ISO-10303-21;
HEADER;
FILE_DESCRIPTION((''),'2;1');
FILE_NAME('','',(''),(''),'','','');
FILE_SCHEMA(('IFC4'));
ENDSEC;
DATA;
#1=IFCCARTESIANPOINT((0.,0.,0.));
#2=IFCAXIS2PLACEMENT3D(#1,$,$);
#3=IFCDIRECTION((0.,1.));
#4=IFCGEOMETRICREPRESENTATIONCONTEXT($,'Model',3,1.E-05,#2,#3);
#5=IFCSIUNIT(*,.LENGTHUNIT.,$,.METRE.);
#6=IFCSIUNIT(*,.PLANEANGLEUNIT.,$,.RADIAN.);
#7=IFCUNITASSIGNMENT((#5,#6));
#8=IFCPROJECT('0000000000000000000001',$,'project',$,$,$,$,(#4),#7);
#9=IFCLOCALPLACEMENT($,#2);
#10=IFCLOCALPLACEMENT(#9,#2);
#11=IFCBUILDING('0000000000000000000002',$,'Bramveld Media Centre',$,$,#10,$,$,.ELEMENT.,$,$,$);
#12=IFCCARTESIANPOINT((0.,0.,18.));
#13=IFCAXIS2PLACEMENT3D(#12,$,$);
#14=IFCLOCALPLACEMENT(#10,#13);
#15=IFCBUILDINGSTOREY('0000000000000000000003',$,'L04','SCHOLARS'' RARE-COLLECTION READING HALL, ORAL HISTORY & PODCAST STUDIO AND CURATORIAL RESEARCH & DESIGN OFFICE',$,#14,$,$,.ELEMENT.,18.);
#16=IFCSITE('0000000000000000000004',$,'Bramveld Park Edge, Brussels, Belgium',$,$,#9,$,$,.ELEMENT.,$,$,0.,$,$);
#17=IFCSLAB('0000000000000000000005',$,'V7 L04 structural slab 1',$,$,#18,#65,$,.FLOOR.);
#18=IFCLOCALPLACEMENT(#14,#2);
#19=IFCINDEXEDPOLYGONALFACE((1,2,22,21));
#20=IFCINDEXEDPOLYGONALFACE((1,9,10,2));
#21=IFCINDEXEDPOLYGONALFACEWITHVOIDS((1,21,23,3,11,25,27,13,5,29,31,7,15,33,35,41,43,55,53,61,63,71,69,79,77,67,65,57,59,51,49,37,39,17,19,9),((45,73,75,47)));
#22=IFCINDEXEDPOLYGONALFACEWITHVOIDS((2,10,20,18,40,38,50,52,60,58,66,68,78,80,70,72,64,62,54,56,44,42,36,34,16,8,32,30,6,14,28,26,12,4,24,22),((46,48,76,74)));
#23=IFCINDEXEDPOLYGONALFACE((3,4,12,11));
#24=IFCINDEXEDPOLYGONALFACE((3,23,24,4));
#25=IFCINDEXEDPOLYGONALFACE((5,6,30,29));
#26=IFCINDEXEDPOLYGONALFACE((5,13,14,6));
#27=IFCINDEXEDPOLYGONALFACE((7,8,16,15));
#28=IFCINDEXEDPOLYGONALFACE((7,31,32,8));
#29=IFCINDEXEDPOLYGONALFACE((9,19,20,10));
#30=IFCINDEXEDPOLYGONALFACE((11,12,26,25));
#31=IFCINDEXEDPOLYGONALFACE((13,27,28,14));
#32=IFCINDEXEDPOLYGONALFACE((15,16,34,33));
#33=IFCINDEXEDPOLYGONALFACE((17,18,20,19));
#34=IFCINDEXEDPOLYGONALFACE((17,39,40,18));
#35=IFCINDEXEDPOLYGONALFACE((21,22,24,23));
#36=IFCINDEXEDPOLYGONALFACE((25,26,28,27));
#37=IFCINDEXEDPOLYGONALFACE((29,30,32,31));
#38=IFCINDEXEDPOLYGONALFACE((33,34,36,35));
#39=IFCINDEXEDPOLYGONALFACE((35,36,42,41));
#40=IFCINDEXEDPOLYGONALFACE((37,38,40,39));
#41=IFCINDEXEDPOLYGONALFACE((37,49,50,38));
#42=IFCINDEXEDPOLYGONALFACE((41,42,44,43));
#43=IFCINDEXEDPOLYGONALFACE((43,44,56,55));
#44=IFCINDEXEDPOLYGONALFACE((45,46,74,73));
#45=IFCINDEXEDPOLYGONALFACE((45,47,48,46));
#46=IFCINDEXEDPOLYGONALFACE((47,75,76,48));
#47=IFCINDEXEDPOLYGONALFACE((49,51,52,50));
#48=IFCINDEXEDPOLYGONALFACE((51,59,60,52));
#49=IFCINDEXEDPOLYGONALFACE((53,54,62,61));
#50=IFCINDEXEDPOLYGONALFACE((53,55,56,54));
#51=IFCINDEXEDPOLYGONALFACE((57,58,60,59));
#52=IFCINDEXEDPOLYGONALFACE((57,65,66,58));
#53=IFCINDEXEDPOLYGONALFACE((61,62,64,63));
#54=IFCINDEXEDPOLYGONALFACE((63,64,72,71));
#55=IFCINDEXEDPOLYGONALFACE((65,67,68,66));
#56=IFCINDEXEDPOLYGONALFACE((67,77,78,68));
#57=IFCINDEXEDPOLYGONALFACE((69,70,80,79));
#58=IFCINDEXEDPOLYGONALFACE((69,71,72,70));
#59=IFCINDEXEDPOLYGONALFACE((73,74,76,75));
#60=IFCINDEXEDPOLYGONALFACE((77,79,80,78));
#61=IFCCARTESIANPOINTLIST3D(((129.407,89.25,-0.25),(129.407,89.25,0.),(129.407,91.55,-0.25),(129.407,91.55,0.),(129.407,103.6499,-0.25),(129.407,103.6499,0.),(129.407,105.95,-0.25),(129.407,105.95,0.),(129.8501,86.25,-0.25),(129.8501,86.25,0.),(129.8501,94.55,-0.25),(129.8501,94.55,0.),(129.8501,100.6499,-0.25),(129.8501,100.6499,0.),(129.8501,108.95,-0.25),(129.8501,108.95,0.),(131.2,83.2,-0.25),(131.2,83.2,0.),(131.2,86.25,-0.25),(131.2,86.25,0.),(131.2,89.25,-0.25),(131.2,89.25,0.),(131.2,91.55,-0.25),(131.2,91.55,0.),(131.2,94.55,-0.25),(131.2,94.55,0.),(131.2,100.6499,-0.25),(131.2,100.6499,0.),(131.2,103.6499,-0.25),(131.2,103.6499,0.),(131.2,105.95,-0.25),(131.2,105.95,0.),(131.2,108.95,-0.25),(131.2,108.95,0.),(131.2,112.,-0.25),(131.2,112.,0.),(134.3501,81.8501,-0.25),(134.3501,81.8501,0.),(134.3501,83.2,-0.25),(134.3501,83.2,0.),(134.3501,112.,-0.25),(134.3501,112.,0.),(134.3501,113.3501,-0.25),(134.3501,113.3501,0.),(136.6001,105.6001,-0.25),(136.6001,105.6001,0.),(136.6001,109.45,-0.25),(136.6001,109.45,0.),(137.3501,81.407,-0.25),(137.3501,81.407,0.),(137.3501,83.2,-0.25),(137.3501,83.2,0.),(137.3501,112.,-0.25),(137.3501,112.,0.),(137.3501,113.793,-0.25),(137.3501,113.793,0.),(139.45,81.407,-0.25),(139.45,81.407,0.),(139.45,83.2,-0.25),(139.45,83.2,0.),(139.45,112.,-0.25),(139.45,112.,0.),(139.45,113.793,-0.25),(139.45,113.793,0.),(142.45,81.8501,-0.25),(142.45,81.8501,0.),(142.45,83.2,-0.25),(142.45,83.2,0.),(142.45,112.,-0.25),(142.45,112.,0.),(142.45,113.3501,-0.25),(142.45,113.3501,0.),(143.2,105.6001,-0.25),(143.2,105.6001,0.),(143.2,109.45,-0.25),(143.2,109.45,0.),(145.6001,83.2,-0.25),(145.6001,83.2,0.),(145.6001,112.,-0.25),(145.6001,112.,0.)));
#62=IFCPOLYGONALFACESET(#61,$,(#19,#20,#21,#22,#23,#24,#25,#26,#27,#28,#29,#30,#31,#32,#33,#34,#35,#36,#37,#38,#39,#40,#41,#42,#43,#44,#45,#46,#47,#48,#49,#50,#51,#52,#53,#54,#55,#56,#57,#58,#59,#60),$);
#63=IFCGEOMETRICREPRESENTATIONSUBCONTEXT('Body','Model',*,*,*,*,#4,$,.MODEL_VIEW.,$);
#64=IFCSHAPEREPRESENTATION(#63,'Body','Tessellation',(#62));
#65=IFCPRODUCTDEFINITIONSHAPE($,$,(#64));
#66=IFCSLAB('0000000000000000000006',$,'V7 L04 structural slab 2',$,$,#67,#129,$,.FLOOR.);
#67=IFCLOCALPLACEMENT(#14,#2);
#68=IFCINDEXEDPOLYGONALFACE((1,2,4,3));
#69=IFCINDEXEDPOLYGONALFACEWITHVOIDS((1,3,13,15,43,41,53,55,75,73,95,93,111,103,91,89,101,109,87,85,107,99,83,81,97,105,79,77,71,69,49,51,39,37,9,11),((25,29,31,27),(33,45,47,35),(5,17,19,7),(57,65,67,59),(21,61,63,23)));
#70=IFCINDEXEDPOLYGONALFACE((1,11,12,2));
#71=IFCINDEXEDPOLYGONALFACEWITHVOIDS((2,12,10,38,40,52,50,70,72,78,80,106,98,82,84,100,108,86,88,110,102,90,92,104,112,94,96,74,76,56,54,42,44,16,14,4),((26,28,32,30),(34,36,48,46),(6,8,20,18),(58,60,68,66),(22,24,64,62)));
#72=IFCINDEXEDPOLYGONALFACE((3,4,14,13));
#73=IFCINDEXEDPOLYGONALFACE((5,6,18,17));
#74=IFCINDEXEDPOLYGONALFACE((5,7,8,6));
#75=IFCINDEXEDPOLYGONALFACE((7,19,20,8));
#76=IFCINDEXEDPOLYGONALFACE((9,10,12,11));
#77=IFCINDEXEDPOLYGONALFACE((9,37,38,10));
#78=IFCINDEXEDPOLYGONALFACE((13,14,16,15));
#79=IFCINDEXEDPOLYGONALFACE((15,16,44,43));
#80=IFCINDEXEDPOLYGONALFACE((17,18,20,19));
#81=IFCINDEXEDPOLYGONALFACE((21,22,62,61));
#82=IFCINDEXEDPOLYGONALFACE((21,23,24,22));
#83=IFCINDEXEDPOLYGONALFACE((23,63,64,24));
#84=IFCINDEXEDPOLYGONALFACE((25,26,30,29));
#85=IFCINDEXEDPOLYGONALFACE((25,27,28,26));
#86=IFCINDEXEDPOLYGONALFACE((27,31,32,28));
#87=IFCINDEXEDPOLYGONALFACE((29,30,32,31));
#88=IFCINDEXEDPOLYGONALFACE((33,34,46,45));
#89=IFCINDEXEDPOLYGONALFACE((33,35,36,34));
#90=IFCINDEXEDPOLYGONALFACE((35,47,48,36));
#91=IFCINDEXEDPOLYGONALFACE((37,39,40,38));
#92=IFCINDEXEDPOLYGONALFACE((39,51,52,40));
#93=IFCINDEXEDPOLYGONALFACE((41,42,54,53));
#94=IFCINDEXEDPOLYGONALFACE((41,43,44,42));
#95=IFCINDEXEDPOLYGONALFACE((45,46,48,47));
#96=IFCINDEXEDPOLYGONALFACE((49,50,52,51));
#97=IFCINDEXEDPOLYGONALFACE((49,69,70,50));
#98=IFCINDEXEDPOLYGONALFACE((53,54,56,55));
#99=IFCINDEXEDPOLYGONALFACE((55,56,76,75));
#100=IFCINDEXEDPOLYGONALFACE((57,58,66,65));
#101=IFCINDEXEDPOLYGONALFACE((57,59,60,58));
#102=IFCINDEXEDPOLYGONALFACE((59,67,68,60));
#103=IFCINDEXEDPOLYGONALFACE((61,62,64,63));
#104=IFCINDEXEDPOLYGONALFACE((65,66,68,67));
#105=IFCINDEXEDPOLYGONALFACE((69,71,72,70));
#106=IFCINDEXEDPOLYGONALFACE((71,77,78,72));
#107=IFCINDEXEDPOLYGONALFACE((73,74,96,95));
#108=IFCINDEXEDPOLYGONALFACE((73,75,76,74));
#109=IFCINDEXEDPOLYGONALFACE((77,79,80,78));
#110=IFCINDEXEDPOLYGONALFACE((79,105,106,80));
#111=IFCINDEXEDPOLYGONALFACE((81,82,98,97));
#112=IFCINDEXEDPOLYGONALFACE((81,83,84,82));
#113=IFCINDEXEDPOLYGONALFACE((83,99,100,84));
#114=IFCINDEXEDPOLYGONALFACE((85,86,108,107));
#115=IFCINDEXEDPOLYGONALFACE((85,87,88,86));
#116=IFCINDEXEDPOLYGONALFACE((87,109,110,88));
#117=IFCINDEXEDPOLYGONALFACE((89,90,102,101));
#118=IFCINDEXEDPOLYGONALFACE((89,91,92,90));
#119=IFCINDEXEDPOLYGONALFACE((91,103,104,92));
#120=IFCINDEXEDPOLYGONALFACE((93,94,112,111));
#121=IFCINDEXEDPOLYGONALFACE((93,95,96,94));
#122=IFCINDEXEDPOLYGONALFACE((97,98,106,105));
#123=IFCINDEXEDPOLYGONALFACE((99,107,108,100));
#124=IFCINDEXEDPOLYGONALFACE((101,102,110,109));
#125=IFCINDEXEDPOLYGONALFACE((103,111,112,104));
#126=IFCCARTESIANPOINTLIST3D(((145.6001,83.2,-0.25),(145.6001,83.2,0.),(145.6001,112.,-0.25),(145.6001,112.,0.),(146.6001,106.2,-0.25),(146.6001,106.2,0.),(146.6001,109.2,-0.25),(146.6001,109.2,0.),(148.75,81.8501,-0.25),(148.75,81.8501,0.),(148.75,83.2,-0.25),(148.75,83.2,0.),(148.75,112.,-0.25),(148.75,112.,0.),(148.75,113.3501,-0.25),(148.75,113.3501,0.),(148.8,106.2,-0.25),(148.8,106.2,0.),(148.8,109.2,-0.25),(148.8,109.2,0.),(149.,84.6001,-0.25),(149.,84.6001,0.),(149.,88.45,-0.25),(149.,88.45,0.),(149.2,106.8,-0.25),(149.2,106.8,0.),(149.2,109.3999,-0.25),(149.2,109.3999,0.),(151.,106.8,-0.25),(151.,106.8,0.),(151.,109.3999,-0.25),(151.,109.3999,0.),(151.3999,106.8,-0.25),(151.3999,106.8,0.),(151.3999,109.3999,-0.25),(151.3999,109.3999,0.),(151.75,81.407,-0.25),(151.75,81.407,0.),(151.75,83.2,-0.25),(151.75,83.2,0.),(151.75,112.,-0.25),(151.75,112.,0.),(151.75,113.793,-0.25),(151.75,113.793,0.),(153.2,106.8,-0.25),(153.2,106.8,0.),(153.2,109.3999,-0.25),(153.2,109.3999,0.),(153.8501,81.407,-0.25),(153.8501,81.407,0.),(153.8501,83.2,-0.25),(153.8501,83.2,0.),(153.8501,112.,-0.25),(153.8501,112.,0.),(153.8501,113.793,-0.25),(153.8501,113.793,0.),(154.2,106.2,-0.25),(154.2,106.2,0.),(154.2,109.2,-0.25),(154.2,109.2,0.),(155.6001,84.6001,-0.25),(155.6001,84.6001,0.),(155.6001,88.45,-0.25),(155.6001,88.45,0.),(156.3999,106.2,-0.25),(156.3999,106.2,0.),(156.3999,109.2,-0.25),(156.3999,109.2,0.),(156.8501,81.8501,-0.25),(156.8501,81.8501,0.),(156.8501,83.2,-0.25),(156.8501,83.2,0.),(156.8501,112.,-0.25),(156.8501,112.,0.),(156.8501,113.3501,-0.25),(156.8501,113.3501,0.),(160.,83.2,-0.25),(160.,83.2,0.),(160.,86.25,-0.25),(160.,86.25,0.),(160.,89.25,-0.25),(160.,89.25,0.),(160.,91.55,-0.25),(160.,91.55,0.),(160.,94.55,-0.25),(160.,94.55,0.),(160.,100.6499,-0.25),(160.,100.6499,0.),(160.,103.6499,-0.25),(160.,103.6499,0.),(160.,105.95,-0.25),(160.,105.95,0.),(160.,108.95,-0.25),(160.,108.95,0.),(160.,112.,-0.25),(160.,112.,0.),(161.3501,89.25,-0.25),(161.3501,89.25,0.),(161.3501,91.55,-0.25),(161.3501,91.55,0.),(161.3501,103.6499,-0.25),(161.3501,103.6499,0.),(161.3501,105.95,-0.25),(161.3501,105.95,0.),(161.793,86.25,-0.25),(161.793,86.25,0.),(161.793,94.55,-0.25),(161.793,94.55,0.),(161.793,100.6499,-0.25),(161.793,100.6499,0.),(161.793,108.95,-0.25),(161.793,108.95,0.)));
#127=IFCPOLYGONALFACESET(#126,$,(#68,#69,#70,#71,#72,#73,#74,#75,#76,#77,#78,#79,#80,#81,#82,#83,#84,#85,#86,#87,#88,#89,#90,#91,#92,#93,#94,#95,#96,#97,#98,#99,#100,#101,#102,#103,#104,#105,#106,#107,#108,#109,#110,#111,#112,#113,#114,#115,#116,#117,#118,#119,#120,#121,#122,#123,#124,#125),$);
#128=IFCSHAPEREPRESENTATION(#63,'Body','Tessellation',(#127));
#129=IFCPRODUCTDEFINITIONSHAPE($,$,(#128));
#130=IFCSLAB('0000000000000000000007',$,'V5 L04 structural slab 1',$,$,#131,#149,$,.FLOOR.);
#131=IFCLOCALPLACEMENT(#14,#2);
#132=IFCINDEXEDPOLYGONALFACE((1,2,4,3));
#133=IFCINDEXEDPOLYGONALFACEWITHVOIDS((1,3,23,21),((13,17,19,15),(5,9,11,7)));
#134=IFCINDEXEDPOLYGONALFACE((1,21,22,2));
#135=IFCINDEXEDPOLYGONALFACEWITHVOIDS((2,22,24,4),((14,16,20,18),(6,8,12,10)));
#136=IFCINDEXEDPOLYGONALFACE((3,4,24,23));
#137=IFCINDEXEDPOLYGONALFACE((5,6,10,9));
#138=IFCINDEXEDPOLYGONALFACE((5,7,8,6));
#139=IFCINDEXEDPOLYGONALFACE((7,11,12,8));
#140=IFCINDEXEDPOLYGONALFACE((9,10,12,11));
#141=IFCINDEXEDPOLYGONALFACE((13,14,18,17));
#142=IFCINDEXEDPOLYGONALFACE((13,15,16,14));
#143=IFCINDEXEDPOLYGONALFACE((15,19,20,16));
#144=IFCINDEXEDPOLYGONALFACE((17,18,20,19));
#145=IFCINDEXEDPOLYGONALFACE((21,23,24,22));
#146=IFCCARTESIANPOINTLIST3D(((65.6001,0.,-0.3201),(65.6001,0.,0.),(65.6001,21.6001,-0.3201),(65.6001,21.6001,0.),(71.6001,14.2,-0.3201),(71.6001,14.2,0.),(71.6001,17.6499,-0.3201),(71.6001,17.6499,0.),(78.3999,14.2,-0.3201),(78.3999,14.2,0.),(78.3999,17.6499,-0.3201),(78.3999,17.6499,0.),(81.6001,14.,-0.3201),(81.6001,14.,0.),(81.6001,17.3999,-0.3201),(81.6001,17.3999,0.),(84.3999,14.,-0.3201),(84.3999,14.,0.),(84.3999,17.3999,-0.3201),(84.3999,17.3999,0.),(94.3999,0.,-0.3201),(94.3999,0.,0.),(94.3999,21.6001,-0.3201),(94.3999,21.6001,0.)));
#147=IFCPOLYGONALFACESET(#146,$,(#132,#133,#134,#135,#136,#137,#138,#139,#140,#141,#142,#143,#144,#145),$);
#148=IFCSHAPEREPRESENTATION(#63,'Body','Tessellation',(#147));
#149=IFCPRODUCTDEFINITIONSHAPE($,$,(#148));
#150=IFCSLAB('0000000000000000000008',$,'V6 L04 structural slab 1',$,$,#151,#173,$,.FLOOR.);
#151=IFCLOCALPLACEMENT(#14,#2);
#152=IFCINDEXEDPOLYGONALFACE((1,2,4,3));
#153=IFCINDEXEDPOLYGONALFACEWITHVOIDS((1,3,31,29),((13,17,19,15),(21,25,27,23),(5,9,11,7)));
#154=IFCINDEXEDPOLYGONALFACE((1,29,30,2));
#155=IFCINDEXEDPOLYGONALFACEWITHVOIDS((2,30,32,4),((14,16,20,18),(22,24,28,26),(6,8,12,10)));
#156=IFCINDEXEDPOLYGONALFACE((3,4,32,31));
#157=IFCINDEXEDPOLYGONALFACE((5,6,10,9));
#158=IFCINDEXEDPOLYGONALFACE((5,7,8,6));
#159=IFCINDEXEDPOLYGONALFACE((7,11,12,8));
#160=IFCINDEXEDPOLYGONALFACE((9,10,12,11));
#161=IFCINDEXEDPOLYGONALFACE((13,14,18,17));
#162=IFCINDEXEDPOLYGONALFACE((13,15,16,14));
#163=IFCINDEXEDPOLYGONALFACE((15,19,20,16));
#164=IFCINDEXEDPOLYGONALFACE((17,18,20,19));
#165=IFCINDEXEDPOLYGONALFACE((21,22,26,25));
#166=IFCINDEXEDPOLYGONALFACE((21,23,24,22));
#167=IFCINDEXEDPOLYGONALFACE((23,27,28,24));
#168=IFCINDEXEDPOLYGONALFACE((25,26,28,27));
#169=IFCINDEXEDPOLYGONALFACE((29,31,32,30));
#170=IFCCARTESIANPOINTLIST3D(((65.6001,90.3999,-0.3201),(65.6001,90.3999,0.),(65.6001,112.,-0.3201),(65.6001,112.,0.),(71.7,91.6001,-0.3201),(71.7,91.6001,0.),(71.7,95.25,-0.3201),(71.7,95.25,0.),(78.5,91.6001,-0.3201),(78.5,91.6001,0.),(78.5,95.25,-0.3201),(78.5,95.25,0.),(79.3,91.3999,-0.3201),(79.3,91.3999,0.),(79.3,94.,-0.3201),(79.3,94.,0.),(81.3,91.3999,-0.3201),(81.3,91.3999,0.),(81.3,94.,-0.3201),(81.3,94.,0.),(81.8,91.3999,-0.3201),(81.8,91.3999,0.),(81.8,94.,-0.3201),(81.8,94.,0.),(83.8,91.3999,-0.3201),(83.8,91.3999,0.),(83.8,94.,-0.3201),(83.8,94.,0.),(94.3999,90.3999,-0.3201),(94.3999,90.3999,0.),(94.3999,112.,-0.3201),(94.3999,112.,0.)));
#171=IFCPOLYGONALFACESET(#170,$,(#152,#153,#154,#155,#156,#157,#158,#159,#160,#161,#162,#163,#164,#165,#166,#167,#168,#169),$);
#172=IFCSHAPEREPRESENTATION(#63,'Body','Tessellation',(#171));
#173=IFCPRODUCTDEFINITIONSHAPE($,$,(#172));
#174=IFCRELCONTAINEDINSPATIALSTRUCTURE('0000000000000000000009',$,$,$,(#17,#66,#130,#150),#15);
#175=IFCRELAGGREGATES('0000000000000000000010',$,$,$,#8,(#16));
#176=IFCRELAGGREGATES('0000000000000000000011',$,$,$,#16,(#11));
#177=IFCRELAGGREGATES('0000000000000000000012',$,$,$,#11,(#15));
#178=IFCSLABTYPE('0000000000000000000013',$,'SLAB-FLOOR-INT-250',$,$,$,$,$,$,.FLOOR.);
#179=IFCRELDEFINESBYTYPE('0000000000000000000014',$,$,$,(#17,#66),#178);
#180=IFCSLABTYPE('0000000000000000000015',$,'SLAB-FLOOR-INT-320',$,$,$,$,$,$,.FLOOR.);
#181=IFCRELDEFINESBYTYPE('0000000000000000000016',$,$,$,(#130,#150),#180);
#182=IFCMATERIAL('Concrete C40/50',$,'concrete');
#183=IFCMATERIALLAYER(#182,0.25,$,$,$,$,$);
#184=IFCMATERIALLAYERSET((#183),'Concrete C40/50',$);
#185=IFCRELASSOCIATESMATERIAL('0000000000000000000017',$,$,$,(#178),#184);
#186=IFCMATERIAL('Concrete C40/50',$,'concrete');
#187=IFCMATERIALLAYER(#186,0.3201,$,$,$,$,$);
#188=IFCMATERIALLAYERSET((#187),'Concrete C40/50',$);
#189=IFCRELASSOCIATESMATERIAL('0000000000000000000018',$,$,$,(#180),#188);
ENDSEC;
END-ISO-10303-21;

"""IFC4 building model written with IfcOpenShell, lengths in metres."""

from ifc_helpers import new_model, si_unit, direction, frame, origin, place, context, subcontext, project, spatial, polyline, outline, extrude, material, layer, layer_set, type_object, element, save


model = new_model("IFC4")

# Units and contexts
model_context = context("Model", 3, precision=1e-05, world=origin(), true_north=direction((0.0, 1.0)))
body_context = subcontext(model_context, "Body", "Model", "MODEL_VIEW")
ifc_project = project(units=[si_unit("LENGTHUNIT", "METRE"), si_unit("PLANEANGLEUNIT", "RADIAN")], contexts=[model_context])

# Site, building, storey
site_placement = place(None, origin())
site = spatial("IfcSite", under=ifc_project, at=site_placement, Name="Bramveld Park Edge, Brussels, Belgium", CompositionType="ELEMENT", RefElevation=0.0)
building_placement = place(site_placement, origin())
building = spatial("IfcBuilding", under=site, at=building_placement, Name="Bramveld Media Centre", CompositionType="ELEMENT")
storey_placement = place(building_placement, frame((0.0, 0.0, 18.0)))
storey = spatial("IfcBuildingStorey", under=building, at=storey_placement, Name="L04", Description="SCHOLARS' RARE-COLLECTION READING HALL, ORAL HISTORY & PODCAST STUDIO AND CURATORIAL RESEARCH & DESIGN OFFICE", CompositionType="ELEMENT", Elevation=18.0)

# Slabs
ifc_material_1 = material(Name="Concrete C40/50", Category="concrete")
ifc_layer_1 = layer(ifc_material_1, 0.25)
ifc_layer_set_1 = layer_set([ifc_layer_1], Name="Concrete C40/50")
slab_type_1 = type_object("IfcSlabType", Name="SLAB-FLOOR-INT-250", PredefinedType="FLOOR", material=ifc_layer_set_1)
slab_1_placement = place(storey_placement, frame((0.0, 0.0, -0.25)))
element("IfcSlab", 1, at=slab_1_placement, inside=storey, type_object=slab_type_1, Name="V7 L04 structural slab 1", PredefinedType="FLOOR", context=body_context, shape_type="SweptSolid", body=[
    extrude(outline(polyline([(131.2, 86.25), (129.8501, 86.25), (129.407, 89.25), (131.2, 89.25), (131.2, 91.55), (129.407, 91.55), (129.8501, 94.55), (131.2, 94.55), (131.2, 100.6499), (129.8501, 100.6499), (129.407, 103.6499), (131.2, 103.6499), (131.2, 105.95), (129.407, 105.95), (129.8501, 108.95), (131.2, 108.95), (131.2, 112.0), (134.3501, 112.0), (134.3501, 113.3501), (137.3501, 113.793), (137.3501, 112.0), (139.45, 112.0), (139.45, 113.793), (142.45, 113.3501), (142.45, 112.0), (145.6001, 112.0), (145.6001, 83.2), (142.45, 83.2), (142.45, 81.8501), (139.45, 81.407), (139.45, 83.2), (137.3501, 83.2), (137.3501, 81.407), (134.3501, 81.8501), (134.3501, 83.2), (131.2, 83.2), (131.2, 86.25)]), holes=[polyline([(143.2, 109.45), (136.6001, 109.45), (136.6001, 105.6001), (143.2, 105.6001), (143.2, 109.45)])]), origin(), (0.0, 0.0, 1.0), 0.25),
])
slab_2_placement = place(storey_placement, frame((0.0, 0.0, -0.25)))
element("IfcSlab", 2, at=slab_2_placement, inside=storey, type_object=slab_type_1, Name="V7 L04 structural slab 2", PredefinedType="FLOOR", context=body_context, shape_type="SweptSolid", body=[
    extrude(outline(polyline([(148.75, 113.3501), (151.75, 113.793), (151.75, 112.0), (153.8501, 112.0), (153.8501, 113.793), (156.8501, 113.3501), (156.8501, 112.0), (160.0, 112.0), (160.0, 108.95), (161.793, 108.95), (161.3501, 105.95), (160.0, 105.95), (160.0, 103.6499), (161.3501, 103.6499), (161.793, 100.6499), (160.0, 100.6499), (160.0, 94.55), (161.793, 94.55), (161.3501, 91.55), (160.0, 91.55), (160.0, 89.25), (161.3501, 89.25), (161.793, 86.25), (160.0, 86.25), (160.0, 83.2), (156.8501, 83.2), (156.8501, 81.8501), (153.8501, 81.407), (153.8501, 83.2), (151.75, 83.2), (151.75, 81.407), (148.75, 81.8501), (148.75, 83.2), (145.6001, 83.2), (145.6001, 112.0), (148.75, 112.0), (148.75, 113.3501)]), holes=[polyline([(149.0, 88.45), (149.0, 84.6001), (155.6001, 84.6001), (155.6001, 88.45), (149.0, 88.45)]), polyline([(146.6001, 109.2), (146.6001, 106.2), (148.8, 106.2), (148.8, 109.2), (146.6001, 109.2)]), polyline([(154.2, 106.2), (156.3999, 106.2), (156.3999, 109.2), (154.2, 109.2), (154.2, 106.2)]), polyline([(149.2, 109.3999), (149.2, 106.8), (151.0, 106.8), (151.0, 109.3999), (149.2, 109.3999)]), polyline([(151.3999, 109.3999), (151.3999, 106.8), (153.2, 106.8), (153.2, 109.3999), (151.3999, 109.3999)])]), origin(), (0.0, 0.0, 1.0), 0.25),
])
ifc_material_2 = material(Name="Concrete C40/50", Category="concrete")
ifc_layer_2 = layer(ifc_material_2, 0.3201)
ifc_layer_set_2 = layer_set([ifc_layer_2], Name="Concrete C40/50")
slab_type_2 = type_object("IfcSlabType", Name="SLAB-FLOOR-INT-320", PredefinedType="FLOOR", material=ifc_layer_set_2)
slab_3_placement = place(storey_placement, frame((0.0, 0.0, -0.3201)))
element("IfcSlab", 3, at=slab_3_placement, inside=storey, type_object=slab_type_2, Name="V5 L04 structural slab 1", PredefinedType="FLOOR", context=body_context, shape_type="SweptSolid", body=[
    extrude(outline(polyline([(65.6001, 21.6001), (94.3999, 21.6001), (94.3999, 0.0), (65.6001, 0.0), (65.6001, 21.6001)]), holes=[polyline([(84.3999, 14.0), (84.3999, 17.3999), (81.6001, 17.3999), (81.6001, 14.0), (84.3999, 14.0)]), polyline([(71.6001, 14.2), (78.3999, 14.2), (78.3999, 17.6499), (71.6001, 17.6499), (71.6001, 14.2)])]), origin(), (0.0, 0.0, 1.0), 0.3201),
])
slab_4_placement = place(storey_placement, frame((0.0, 0.0, -0.3201)))
element("IfcSlab", 4, at=slab_4_placement, inside=storey, type_object=slab_type_2, Name="V6 L04 structural slab 1", PredefinedType="FLOOR", context=body_context, shape_type="SweptSolid", body=[
    extrude(outline(polyline([(65.6001, 112.0), (94.3999, 112.0), (94.3999, 90.3999), (65.6001, 90.3999), (65.6001, 112.0)]), holes=[polyline([(81.3, 91.3999), (81.3, 94.0), (79.3, 94.0), (79.3, 91.3999), (81.3, 91.3999)]), polyline([(81.8, 91.3999), (83.8, 91.3999), (83.8, 94.0), (81.8, 94.0), (81.8, 91.3999)]), polyline([(71.7, 95.25), (71.7, 91.6001), (78.5, 91.6001), (78.5, 95.25), (71.7, 95.25)])]), origin(), (0.0, 0.0, 1.0), 0.3201),
])

save(model, "model.ifc")
